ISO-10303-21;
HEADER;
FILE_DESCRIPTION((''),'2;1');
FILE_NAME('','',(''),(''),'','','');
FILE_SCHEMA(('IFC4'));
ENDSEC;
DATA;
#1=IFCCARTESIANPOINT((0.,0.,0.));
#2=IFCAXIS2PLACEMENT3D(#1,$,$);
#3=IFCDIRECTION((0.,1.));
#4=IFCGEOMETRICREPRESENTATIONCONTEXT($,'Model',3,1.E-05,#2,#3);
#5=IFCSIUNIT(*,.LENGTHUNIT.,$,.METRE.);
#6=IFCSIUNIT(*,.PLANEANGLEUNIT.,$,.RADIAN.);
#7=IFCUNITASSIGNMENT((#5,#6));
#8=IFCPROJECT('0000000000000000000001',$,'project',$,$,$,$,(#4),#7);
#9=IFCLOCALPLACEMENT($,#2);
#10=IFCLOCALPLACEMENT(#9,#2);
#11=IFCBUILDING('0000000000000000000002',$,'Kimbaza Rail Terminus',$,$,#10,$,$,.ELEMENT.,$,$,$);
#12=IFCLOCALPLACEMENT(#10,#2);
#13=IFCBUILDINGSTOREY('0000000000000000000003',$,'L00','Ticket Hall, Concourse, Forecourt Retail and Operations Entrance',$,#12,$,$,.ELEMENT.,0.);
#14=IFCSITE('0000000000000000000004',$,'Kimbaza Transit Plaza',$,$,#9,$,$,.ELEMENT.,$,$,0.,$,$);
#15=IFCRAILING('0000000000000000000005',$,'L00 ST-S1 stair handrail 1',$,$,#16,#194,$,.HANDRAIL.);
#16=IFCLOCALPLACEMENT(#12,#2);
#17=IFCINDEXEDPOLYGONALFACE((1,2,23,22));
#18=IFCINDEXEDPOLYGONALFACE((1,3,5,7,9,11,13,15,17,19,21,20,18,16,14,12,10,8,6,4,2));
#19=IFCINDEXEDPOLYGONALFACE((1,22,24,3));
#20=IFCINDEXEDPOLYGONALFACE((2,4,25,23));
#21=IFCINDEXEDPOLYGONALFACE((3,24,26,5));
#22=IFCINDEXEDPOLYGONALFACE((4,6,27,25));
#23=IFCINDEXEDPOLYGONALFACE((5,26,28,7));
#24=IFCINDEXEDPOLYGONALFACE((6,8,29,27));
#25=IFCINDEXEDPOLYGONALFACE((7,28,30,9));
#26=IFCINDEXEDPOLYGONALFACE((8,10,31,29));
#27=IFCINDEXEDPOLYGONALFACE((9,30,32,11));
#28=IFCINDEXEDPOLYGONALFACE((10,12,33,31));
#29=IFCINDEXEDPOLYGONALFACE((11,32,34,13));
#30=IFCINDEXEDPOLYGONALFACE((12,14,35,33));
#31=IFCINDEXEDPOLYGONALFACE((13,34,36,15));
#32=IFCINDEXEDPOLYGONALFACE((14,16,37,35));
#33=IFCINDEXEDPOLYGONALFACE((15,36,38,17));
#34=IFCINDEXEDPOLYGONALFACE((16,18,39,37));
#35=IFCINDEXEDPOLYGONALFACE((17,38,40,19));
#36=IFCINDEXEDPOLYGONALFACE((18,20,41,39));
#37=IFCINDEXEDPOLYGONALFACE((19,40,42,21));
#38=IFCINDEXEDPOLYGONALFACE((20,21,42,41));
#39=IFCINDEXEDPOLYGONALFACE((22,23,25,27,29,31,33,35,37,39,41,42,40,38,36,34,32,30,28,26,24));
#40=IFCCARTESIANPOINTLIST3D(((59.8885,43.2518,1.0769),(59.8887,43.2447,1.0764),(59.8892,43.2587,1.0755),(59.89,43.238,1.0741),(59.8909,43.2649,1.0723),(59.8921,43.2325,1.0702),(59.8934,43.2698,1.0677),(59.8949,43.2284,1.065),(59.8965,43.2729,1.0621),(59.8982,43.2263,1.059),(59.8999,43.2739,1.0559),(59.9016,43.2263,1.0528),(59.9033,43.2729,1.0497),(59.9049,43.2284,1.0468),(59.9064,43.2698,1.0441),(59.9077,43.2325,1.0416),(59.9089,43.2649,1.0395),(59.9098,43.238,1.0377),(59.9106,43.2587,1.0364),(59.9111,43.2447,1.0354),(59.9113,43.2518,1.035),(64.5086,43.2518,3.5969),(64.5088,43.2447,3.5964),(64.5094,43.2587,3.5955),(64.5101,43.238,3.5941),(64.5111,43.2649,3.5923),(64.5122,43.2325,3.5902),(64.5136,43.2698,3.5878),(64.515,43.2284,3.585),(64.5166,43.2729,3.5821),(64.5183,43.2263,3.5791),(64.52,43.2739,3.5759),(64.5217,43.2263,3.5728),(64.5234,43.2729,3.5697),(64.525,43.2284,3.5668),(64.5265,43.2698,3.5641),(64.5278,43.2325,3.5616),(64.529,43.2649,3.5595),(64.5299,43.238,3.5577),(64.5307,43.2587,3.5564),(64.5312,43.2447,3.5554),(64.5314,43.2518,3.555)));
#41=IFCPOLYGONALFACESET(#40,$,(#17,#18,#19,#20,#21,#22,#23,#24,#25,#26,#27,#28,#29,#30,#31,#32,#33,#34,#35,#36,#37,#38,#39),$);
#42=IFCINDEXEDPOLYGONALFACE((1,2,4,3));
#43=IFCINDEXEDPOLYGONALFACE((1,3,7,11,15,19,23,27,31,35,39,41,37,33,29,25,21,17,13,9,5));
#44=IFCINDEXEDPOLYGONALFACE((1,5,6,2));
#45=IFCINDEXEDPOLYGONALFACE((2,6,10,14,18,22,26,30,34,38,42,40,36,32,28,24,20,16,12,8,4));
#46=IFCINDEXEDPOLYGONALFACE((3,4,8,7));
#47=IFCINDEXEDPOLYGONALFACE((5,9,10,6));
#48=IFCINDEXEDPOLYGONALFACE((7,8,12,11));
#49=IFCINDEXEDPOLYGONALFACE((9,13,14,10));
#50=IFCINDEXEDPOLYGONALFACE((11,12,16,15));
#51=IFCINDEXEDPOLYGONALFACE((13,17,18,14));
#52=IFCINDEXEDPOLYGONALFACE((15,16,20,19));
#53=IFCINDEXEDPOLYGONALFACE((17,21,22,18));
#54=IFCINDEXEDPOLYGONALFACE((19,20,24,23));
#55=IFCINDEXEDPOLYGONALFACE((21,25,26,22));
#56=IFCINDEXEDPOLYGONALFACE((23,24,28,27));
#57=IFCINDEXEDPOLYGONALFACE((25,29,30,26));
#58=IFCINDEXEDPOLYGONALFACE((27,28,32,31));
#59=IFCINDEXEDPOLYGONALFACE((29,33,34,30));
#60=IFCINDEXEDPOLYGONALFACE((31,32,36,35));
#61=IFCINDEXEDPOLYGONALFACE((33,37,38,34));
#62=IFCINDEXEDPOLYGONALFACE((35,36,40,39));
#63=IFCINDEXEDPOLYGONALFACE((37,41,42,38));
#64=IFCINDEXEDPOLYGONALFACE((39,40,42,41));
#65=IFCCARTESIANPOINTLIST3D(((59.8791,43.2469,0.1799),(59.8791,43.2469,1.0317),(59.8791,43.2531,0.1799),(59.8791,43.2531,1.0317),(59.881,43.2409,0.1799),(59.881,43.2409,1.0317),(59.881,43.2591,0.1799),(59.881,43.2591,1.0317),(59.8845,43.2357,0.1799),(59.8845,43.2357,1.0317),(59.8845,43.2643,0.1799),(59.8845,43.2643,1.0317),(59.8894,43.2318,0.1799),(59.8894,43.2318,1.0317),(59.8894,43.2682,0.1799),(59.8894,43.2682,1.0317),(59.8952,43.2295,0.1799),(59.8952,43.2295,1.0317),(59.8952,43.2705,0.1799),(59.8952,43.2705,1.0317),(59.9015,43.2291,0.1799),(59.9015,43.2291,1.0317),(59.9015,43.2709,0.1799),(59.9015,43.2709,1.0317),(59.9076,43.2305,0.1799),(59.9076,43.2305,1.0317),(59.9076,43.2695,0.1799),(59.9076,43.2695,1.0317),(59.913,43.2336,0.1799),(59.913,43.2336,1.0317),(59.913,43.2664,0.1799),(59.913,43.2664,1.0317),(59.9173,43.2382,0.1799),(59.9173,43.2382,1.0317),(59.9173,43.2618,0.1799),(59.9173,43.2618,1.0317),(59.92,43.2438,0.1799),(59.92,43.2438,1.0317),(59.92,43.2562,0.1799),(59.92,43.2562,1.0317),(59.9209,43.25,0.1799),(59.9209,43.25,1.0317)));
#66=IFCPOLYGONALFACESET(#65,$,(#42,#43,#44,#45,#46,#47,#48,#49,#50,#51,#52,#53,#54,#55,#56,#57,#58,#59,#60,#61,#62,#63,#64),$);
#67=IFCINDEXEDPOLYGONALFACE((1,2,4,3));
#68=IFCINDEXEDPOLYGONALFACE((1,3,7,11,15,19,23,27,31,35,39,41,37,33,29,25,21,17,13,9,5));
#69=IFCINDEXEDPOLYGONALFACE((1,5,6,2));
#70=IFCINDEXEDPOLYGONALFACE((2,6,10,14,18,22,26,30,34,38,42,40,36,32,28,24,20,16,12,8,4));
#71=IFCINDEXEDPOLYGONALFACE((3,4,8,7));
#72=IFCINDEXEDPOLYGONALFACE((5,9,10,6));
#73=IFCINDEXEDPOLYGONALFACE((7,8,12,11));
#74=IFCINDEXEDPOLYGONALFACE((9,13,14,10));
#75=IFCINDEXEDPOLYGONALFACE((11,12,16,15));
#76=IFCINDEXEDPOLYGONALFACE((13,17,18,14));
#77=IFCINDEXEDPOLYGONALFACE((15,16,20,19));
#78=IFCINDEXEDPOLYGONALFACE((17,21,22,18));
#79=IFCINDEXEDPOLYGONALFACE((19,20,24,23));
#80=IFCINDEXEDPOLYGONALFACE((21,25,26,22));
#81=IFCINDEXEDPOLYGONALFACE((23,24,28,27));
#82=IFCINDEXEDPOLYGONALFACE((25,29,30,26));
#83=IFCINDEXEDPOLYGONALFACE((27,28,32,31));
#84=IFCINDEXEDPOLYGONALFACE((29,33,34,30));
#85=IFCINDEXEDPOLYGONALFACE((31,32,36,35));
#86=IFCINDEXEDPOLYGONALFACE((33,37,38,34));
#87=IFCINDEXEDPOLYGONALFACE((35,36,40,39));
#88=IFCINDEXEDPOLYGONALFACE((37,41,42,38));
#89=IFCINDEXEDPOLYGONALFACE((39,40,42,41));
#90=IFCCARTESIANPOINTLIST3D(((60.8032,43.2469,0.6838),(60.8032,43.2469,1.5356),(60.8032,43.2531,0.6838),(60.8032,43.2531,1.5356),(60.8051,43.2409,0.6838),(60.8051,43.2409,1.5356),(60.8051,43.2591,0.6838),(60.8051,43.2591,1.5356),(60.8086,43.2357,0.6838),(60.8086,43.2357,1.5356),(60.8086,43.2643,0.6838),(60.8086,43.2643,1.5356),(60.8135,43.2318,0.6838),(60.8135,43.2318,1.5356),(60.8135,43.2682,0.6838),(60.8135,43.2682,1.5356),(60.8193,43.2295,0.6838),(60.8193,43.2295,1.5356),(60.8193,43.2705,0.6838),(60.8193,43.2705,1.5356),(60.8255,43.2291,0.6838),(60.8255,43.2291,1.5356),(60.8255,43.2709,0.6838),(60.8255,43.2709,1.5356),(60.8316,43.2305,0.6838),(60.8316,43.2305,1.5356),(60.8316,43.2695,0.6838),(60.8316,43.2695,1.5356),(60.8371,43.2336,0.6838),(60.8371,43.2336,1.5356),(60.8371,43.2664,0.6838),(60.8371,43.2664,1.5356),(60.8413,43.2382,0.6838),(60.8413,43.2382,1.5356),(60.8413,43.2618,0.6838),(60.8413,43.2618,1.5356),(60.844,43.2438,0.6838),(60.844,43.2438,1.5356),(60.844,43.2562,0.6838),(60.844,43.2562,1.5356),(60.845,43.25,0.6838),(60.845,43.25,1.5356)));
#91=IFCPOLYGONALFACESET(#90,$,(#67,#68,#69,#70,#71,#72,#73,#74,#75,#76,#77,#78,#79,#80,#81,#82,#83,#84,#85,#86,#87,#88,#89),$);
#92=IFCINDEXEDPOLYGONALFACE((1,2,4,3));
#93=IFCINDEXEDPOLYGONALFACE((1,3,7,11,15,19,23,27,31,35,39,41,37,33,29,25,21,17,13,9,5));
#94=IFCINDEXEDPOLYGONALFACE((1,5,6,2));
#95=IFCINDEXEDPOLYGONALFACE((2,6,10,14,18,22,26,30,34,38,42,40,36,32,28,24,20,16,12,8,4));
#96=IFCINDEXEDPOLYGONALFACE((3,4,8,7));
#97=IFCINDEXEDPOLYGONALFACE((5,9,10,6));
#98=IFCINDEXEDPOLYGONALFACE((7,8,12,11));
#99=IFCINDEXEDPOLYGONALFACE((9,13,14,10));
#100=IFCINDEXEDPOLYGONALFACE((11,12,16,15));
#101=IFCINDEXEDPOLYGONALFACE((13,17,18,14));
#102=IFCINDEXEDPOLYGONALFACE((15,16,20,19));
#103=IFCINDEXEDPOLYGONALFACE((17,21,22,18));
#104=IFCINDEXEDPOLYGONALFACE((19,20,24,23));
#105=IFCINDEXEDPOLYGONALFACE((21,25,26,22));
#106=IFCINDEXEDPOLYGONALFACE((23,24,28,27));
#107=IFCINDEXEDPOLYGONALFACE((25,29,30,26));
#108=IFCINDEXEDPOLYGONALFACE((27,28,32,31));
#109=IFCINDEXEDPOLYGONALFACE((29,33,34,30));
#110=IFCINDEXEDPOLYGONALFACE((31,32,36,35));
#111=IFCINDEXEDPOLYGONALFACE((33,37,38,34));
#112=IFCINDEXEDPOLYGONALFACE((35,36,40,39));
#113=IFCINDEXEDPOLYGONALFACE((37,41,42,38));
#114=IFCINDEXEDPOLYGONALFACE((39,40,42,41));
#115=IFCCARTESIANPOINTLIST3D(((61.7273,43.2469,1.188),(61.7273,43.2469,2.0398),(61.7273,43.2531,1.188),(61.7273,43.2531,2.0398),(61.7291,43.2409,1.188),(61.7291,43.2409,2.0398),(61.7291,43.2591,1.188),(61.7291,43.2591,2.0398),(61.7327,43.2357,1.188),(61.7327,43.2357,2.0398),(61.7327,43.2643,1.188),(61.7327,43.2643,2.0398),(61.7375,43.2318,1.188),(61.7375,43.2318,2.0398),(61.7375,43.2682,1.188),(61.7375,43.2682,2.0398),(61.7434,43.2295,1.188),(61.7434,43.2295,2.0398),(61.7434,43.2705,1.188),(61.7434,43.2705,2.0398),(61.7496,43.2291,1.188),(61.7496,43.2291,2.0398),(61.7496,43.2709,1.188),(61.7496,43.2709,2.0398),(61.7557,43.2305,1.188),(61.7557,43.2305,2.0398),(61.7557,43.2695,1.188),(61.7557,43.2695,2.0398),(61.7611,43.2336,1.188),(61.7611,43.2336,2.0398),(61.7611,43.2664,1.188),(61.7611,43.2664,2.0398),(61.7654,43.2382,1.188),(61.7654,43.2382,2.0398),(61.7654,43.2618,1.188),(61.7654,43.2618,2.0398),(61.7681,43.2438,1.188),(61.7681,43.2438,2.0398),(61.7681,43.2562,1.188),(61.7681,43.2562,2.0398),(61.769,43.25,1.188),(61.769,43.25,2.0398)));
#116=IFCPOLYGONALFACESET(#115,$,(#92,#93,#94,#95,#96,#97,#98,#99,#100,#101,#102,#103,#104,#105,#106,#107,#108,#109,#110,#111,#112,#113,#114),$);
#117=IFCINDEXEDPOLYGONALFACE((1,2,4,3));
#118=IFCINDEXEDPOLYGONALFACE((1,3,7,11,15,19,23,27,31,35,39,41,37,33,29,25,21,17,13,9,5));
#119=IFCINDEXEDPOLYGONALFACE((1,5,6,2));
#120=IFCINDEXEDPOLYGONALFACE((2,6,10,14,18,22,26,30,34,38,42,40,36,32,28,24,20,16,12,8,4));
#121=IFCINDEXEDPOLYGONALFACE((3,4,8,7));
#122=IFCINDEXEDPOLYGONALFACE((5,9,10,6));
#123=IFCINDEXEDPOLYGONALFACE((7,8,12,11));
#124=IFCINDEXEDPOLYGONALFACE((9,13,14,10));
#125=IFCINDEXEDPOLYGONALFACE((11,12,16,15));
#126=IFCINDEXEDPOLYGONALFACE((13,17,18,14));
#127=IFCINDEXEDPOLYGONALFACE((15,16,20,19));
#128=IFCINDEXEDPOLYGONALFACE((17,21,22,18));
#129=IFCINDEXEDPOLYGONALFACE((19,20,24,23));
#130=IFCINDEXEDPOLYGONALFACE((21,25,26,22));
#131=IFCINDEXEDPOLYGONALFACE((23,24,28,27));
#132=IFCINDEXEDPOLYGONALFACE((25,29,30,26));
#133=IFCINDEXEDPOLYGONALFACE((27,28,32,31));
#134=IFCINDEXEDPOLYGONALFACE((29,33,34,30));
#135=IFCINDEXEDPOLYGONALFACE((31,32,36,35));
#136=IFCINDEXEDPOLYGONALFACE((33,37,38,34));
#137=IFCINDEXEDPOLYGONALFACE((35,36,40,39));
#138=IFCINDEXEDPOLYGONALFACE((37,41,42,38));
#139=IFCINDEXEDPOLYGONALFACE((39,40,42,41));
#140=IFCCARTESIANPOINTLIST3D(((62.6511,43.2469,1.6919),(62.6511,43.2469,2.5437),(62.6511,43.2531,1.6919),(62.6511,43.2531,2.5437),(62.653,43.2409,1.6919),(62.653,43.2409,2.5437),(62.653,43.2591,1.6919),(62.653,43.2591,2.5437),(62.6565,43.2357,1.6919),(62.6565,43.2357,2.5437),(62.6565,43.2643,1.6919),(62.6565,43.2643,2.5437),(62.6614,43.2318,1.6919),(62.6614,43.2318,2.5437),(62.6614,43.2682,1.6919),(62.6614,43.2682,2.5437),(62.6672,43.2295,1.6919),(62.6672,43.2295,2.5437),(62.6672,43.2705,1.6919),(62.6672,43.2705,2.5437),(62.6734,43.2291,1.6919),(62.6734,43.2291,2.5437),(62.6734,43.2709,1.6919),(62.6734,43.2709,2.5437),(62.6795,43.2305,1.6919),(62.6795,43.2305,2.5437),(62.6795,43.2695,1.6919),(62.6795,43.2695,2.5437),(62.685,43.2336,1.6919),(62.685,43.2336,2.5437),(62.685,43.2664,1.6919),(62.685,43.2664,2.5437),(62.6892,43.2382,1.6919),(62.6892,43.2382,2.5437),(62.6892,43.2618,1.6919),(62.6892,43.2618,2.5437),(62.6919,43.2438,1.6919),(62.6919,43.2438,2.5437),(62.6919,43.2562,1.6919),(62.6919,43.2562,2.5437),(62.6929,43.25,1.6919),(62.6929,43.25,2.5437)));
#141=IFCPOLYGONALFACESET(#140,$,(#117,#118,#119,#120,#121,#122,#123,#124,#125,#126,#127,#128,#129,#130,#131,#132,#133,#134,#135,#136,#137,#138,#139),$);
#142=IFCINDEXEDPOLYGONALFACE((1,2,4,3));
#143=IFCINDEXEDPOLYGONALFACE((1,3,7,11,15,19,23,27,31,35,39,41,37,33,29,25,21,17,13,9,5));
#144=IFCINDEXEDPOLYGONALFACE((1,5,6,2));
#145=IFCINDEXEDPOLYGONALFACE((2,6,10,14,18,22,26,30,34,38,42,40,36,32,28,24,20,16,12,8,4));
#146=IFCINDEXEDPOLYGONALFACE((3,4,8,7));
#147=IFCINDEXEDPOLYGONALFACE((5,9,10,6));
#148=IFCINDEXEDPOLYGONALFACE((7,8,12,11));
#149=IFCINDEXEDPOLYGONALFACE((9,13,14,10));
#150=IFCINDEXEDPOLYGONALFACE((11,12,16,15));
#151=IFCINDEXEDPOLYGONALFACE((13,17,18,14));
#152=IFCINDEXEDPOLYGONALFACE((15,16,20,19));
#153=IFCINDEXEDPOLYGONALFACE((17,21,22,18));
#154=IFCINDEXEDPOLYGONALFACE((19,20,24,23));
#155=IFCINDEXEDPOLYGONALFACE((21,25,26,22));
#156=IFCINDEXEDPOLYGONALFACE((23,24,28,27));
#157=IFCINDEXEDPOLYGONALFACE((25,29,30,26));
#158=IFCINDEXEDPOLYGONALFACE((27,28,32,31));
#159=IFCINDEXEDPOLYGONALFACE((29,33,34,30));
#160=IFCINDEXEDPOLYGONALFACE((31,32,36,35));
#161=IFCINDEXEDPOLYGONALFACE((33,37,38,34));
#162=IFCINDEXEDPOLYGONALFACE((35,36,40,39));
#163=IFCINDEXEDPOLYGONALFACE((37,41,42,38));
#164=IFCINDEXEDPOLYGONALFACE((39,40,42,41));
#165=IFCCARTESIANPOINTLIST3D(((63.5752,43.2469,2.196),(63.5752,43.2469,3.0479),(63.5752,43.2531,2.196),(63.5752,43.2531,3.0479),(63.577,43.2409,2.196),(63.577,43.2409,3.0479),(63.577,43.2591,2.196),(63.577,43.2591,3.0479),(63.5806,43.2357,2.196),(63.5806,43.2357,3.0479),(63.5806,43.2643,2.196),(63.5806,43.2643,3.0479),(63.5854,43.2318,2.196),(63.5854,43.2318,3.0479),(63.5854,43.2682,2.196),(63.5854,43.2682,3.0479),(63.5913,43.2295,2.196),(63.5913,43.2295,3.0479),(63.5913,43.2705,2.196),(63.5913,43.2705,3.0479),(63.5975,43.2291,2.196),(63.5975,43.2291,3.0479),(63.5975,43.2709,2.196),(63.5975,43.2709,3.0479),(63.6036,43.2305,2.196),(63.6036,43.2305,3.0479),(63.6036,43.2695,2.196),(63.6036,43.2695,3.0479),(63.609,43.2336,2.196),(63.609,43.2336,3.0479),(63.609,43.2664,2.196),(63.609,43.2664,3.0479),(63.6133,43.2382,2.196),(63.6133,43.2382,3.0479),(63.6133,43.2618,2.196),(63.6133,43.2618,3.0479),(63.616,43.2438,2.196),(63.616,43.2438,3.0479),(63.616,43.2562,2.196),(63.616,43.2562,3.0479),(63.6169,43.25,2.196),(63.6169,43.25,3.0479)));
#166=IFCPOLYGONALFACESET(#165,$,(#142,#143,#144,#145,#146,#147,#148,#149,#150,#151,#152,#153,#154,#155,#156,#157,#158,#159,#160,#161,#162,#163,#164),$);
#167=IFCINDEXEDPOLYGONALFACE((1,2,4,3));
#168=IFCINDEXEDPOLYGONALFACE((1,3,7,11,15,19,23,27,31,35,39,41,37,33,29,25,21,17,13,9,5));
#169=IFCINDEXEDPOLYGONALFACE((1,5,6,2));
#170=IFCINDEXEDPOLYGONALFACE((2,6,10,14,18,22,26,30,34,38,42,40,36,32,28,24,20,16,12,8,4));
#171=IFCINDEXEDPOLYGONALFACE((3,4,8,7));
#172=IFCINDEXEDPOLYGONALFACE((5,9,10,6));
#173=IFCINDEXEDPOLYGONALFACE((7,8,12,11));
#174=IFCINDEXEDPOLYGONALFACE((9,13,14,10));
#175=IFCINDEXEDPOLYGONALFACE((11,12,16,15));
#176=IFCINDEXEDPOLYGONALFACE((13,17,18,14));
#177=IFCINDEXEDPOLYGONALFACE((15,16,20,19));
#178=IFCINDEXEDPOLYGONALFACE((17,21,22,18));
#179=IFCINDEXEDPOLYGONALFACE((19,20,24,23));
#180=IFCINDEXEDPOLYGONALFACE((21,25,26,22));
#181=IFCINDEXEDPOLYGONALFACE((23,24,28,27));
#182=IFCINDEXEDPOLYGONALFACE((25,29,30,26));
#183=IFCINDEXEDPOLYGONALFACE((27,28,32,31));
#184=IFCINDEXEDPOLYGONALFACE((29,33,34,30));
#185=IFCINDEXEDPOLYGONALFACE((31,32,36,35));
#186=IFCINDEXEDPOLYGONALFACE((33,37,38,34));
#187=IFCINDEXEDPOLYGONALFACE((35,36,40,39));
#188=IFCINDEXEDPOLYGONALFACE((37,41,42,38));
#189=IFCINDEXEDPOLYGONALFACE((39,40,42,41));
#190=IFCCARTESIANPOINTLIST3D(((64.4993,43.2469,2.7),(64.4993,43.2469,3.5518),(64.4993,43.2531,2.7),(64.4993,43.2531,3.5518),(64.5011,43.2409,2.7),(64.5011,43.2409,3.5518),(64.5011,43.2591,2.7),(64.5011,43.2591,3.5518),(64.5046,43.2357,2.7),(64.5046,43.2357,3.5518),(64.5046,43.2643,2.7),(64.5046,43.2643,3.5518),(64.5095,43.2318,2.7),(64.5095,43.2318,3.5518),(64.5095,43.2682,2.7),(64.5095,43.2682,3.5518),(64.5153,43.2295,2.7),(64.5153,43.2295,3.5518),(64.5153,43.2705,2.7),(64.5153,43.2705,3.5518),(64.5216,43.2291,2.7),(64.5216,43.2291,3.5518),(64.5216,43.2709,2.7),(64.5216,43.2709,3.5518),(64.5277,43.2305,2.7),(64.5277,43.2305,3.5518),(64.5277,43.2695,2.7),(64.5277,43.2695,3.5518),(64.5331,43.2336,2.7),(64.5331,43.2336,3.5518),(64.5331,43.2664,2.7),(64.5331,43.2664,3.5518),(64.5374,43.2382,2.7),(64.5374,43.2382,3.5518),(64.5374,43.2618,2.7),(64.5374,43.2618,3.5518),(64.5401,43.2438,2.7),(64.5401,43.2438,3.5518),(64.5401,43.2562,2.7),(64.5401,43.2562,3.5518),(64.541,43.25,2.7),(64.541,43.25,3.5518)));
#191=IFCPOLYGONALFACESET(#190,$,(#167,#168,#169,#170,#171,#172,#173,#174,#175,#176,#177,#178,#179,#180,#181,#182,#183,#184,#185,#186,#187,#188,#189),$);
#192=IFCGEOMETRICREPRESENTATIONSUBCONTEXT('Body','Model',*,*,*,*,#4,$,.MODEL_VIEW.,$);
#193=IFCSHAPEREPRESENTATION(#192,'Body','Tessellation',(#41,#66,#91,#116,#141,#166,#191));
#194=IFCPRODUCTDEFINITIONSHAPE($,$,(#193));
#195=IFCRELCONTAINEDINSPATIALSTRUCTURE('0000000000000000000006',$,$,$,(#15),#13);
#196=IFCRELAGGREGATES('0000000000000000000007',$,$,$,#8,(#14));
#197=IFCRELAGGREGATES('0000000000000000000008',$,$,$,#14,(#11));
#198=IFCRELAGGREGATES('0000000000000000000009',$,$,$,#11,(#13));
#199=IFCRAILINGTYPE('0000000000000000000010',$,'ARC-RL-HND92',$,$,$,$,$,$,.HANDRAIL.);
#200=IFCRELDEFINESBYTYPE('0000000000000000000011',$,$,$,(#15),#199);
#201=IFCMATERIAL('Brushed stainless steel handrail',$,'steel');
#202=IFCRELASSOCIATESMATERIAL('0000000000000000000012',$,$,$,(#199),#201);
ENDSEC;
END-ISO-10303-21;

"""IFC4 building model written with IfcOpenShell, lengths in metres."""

from ifc_helpers import new_model, si_unit, direction, frame, origin, origin_2d, place, context, subcontext, project, spatial, circle, extrude, material, type_object, element, save


model = new_model("IFC4")

# Units and contexts
model_context = context("Model", 3, precision=1e-05, world=origin(), true_north=direction((0.0, 1.0)))
body_context = subcontext(model_context, "Body", "Model", "MODEL_VIEW")
ifc_project = project(units=[si_unit("LENGTHUNIT", "METRE"), si_unit("PLANEANGLEUNIT", "RADIAN")], contexts=[model_context])

# Site, building, storey
site_placement = place(None, origin())
site = spatial("IfcSite", under=ifc_project, at=site_placement, Name="Kimbaza Transit Plaza", CompositionType="ELEMENT", RefElevation=0.0)
building_placement = place(site_placement, origin())
building = spatial("IfcBuilding", under=site, at=building_placement, Name="Kimbaza Rail Terminus", CompositionType="ELEMENT")
storey_placement = place(building_placement, origin())
storey = spatial("IfcBuildingStorey", under=building, at=storey_placement, Name="L00", Description="Ticket Hall, Concourse, Forecourt Retail and Operations Entrance", CompositionType="ELEMENT", Elevation=0.0)

# Railing
ifc_material_1 = material(Name="Brushed stainless steel handrail", Category="steel")
railing_type = type_object("IfcRailingType", Name="ARC-RL-HND92", PredefinedType="HANDRAIL", material=ifc_material_1)
railing_placement = place(storey_placement, frame((59.8999, 43.25, 0.1799)))
element("IfcRailing", 1, at=railing_placement, inside=storey, type_object=railing_type, Name="L00 ST-S1 stair handrail 1", PredefinedType="HANDRAIL", context=body_context, shape_type="SweptSolid", body=[
    extrude(circle(Radius=0.0239, at=origin_2d()), frame((0.0, 0.0, 0.876), z_axis=(0.877899, 0.0, 0.478846), x_axis=(0.0, 1.0, 0.0)), (0.0, 0.0, 1.0), 5.2627),
    extrude(circle(Radius=0.021, at=origin_2d()), origin(), (0.0, 0.0, 1.0), 0.8518),
    extrude(circle(Radius=0.021, at=origin_2d()), frame((0.9241, 0.0, 0.5039)), (0.0, 0.0, 1.0), 0.8518),
    extrude(circle(Radius=0.021, at=origin_2d()), frame((1.8481, 0.0, 1.0081)), (0.0, 0.0, 1.0), 0.8518),
    extrude(circle(Radius=0.021, at=origin_2d()), frame((2.772, 0.0, 1.512)), (0.0, 0.0, 1.0), 0.8518),
    extrude(circle(Radius=0.021, at=origin_2d()), frame((3.696, 0.0, 2.0161)), (0.0, 0.0, 1.0), 0.8518),
    extrude(circle(Radius=0.021, at=origin_2d()), frame((4.6201, 0.0, 2.52)), (0.0, 0.0, 1.0), 0.8518),
])

save(model, "model.ifc")
